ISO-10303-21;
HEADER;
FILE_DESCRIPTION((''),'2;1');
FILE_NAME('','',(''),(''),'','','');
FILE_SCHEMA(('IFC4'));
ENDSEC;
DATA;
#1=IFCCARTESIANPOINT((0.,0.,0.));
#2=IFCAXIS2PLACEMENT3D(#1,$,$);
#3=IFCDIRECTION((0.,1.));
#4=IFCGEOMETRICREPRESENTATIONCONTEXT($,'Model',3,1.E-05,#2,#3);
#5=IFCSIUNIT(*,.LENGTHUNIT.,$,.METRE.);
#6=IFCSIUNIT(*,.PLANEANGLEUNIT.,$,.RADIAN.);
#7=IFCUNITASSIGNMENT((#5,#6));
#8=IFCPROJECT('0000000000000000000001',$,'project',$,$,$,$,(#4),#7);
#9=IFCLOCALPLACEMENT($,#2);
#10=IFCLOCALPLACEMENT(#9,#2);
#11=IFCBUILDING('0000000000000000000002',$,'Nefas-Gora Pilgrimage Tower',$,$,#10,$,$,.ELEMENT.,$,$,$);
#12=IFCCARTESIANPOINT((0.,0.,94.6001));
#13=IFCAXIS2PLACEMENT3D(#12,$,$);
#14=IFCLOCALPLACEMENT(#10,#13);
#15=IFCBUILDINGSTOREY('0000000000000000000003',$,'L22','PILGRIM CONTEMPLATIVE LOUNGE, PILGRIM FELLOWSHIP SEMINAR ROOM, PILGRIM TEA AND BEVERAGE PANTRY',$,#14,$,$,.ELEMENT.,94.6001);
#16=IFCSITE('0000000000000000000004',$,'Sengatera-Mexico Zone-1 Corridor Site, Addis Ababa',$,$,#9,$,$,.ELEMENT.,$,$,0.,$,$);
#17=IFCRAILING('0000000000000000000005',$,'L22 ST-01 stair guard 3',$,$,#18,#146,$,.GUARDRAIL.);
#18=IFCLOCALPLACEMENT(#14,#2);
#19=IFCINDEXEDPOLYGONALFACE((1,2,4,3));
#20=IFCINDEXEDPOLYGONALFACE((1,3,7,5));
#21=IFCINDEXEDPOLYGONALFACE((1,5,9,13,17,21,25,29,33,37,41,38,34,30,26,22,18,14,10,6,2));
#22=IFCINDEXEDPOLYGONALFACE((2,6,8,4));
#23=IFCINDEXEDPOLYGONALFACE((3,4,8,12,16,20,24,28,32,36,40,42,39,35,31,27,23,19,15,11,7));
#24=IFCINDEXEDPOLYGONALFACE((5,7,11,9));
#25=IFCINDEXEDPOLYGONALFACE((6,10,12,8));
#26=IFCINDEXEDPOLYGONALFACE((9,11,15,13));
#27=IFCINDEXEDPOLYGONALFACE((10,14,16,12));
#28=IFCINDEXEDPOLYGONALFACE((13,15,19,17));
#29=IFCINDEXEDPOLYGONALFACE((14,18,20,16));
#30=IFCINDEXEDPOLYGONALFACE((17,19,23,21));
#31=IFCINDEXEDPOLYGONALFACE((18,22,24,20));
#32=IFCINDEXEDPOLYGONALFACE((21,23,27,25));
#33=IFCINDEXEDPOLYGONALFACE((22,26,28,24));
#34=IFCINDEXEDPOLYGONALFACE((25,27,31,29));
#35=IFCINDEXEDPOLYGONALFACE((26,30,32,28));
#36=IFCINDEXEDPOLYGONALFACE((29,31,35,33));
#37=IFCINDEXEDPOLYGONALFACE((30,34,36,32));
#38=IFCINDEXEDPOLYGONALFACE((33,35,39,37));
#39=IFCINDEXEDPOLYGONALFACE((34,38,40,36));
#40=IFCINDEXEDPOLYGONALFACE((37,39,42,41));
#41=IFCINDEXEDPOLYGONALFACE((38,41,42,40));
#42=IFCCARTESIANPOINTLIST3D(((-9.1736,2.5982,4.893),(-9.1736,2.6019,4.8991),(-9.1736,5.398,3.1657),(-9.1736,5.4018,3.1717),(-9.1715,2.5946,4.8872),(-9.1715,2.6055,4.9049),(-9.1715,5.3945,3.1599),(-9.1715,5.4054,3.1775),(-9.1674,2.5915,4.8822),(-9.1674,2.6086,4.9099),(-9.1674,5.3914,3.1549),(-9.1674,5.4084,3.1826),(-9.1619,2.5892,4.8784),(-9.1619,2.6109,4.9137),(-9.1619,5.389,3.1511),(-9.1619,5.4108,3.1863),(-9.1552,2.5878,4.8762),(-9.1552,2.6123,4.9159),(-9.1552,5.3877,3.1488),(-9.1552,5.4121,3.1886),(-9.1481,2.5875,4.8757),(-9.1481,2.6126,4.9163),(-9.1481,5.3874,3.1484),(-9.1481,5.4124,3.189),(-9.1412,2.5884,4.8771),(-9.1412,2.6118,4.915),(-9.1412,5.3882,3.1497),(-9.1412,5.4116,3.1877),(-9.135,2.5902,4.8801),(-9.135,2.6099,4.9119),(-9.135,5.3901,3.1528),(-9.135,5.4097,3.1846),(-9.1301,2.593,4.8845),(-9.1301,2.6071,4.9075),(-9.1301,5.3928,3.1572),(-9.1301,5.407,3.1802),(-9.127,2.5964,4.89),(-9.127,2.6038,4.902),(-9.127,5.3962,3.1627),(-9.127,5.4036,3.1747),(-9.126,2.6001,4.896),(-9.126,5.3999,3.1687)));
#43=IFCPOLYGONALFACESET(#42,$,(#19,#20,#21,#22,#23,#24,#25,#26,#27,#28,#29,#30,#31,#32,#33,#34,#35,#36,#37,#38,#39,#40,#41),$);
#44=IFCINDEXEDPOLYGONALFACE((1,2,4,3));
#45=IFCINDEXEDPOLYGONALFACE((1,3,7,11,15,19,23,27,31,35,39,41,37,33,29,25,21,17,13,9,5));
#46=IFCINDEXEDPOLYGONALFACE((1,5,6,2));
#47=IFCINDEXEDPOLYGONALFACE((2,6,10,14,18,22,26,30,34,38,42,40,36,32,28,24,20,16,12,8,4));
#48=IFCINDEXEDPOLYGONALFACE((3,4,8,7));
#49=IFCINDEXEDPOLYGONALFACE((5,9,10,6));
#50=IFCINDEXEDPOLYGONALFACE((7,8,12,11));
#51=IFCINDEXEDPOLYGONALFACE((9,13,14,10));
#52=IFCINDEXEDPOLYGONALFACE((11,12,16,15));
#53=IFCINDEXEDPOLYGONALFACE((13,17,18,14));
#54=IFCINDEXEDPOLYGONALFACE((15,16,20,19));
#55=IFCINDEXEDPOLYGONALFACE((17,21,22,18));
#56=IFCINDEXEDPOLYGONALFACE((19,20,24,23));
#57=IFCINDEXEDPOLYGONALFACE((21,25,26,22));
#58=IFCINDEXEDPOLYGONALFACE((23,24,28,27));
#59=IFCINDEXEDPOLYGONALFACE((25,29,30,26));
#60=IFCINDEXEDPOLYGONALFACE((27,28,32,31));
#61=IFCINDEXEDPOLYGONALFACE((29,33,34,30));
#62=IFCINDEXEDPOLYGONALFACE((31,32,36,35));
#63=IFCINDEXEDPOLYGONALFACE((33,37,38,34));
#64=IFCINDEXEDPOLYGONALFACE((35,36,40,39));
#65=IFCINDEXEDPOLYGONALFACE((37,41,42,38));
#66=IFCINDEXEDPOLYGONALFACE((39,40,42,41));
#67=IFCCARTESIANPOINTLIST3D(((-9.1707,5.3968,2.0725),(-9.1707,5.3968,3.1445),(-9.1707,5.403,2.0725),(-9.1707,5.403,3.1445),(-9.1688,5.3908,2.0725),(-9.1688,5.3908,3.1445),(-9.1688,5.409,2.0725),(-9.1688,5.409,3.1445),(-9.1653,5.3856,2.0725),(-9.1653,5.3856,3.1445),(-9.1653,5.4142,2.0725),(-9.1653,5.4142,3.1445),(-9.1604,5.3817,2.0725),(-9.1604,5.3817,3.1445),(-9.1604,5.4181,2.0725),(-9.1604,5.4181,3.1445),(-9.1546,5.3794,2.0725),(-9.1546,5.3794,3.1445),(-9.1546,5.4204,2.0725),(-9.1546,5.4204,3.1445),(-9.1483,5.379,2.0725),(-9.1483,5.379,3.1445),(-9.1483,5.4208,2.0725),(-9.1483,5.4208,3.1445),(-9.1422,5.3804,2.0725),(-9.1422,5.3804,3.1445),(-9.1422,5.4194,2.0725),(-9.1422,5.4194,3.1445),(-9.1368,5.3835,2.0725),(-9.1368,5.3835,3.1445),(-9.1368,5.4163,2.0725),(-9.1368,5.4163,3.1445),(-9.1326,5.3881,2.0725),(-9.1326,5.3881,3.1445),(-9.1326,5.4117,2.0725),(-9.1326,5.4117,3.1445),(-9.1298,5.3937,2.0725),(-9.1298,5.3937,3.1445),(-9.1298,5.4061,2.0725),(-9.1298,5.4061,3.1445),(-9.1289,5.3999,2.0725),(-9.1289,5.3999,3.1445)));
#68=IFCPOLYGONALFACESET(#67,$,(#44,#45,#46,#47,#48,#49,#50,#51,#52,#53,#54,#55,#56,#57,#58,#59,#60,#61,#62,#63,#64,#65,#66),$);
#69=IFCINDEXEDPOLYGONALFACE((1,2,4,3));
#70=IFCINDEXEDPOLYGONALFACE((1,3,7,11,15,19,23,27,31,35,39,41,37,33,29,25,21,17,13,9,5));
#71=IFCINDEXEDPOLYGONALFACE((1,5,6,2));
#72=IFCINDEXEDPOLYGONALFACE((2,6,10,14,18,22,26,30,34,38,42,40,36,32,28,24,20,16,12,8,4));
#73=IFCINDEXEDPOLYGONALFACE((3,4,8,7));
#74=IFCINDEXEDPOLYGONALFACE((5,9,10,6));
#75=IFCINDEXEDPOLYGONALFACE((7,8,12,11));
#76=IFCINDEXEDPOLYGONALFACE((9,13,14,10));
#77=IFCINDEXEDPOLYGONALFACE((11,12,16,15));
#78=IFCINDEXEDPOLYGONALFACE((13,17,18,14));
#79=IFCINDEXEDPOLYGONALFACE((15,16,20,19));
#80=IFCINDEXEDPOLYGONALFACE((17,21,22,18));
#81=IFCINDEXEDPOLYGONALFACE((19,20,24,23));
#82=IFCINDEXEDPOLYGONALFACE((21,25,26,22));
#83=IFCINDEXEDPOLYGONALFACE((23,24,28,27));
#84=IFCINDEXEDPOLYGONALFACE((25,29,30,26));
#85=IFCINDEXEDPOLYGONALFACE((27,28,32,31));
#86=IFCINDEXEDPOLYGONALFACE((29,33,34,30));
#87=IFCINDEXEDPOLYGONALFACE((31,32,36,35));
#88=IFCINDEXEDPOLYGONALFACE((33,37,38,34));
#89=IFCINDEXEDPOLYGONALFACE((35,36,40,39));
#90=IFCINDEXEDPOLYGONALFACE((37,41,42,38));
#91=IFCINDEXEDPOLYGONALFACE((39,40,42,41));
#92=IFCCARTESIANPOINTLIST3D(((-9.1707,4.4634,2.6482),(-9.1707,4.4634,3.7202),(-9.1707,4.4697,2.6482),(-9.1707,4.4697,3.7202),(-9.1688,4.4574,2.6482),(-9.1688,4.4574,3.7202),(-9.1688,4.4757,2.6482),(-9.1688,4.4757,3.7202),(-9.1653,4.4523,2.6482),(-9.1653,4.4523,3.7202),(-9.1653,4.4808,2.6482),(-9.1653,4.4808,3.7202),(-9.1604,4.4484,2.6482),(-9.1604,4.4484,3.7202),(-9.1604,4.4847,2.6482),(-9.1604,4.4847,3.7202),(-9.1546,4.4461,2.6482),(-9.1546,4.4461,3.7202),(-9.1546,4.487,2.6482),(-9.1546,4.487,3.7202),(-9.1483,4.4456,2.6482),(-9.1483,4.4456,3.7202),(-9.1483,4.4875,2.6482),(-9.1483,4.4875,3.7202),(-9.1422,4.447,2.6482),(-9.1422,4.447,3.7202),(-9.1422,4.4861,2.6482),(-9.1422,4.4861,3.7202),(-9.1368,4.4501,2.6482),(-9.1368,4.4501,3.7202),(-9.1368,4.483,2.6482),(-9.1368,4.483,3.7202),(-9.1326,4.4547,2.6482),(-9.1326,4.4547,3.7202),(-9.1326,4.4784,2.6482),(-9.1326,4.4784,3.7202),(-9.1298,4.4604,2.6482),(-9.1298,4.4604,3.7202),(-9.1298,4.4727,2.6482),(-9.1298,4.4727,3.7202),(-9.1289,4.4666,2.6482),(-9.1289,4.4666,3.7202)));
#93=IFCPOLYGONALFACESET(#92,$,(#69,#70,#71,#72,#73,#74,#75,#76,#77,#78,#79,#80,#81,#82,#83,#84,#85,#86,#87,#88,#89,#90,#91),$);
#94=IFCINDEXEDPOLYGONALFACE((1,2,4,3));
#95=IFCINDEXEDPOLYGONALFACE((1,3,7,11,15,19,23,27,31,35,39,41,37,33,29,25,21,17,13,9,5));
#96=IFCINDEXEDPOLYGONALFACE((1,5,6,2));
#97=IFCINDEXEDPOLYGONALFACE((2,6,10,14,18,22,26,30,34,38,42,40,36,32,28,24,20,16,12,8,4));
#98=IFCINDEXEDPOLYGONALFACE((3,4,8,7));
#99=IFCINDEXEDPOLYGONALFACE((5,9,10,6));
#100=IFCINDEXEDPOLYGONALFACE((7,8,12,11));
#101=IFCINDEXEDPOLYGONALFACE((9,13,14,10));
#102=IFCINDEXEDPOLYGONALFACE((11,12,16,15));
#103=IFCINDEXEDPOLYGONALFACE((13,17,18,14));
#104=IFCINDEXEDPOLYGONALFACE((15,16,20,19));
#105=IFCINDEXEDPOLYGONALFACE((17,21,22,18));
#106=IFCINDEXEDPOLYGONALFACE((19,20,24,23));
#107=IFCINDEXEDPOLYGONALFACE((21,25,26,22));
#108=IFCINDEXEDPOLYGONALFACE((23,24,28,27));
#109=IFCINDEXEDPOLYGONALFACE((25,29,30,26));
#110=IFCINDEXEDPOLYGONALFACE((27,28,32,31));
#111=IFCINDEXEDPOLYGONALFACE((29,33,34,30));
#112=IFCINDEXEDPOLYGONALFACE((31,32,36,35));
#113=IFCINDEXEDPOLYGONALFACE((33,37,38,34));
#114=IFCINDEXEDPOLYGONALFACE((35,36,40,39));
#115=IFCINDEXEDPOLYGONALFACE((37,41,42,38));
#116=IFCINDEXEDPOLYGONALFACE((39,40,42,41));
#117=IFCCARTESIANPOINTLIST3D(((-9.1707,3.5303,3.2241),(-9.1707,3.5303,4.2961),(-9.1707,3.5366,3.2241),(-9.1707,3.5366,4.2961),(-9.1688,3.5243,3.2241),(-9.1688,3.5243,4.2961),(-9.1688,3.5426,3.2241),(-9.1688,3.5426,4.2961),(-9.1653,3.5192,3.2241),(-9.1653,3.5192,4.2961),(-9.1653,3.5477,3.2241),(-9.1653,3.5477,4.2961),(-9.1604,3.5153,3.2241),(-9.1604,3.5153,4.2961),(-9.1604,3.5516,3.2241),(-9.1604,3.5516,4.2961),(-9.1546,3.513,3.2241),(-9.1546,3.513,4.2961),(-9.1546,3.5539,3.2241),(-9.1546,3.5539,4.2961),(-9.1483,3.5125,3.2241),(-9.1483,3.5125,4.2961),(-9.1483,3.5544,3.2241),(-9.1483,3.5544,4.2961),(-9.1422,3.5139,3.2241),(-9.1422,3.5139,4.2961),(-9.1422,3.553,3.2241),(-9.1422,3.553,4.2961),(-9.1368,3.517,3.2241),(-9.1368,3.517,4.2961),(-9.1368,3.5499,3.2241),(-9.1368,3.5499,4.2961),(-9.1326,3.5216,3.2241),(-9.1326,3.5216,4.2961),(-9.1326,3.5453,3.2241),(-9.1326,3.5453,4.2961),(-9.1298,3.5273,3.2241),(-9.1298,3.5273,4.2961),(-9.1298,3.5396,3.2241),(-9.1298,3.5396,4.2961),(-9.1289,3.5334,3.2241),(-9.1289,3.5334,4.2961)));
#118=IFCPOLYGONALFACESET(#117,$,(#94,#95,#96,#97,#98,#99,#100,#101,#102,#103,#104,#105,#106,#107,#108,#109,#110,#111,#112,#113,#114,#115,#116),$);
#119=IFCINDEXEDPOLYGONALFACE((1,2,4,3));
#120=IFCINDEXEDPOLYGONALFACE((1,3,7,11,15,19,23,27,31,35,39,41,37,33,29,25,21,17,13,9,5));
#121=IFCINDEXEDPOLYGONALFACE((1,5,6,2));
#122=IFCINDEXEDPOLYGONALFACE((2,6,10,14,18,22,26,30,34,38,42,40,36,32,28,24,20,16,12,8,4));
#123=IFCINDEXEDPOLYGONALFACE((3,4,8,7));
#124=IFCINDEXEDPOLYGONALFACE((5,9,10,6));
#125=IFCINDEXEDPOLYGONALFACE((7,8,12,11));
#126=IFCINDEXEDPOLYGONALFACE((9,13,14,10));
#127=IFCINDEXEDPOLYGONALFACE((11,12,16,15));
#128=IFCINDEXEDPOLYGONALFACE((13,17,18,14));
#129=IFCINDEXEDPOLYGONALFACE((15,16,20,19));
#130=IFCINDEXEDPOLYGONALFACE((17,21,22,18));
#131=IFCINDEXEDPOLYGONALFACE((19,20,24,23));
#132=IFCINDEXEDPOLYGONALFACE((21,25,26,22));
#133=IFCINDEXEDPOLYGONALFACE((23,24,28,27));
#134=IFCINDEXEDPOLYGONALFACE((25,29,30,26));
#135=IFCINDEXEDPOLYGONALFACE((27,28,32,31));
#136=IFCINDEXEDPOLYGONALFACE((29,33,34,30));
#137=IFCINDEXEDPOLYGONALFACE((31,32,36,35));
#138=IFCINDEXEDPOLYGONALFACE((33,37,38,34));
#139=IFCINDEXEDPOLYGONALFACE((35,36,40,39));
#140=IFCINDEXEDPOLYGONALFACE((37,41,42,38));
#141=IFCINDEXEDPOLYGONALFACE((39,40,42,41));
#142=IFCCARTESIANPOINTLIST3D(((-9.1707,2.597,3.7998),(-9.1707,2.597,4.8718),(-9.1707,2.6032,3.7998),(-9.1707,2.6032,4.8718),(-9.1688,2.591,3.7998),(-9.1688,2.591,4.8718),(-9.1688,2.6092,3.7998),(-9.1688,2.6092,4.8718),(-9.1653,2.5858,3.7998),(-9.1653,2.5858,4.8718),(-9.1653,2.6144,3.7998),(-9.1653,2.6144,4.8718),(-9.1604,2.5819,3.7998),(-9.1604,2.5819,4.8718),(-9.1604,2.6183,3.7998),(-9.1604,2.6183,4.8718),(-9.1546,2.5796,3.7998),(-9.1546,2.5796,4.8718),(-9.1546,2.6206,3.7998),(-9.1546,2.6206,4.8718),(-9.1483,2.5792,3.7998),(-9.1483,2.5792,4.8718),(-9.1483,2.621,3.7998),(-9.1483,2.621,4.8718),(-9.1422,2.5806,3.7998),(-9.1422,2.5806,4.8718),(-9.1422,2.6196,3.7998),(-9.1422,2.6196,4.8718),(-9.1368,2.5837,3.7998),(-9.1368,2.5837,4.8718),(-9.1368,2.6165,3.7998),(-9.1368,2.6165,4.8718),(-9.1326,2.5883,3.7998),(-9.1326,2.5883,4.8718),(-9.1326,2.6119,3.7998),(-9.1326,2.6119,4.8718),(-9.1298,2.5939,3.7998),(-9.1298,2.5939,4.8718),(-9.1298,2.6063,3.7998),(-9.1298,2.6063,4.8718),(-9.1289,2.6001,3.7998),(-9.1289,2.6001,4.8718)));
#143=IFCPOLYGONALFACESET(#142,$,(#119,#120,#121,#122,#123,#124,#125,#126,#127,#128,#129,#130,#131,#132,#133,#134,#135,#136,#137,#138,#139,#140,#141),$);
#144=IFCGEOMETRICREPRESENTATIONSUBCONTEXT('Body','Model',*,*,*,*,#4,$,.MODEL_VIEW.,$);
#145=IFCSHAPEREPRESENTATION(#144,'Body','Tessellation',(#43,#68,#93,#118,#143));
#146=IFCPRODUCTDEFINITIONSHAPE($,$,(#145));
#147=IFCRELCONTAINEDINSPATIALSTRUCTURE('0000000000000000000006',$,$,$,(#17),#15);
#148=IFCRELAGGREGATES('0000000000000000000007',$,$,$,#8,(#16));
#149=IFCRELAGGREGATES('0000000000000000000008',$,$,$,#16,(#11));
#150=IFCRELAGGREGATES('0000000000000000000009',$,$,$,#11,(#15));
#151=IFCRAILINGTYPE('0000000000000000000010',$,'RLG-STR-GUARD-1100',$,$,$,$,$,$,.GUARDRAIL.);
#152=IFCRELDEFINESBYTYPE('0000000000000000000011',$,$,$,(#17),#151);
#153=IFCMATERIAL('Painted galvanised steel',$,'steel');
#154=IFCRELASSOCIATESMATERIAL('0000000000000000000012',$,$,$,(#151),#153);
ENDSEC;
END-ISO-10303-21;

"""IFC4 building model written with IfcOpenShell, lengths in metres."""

from ifc_helpers import new_model, si_unit, direction, frame, origin, origin_2d, place, context, subcontext, project, spatial, circle, extrude, material, type_object, element, save


model = new_model("IFC4")

# Units and contexts
model_context = context("Model", 3, precision=1e-05, world=origin(), true_north=direction((0.0, 1.0)))
body_context = subcontext(model_context, "Body", "Model", "MODEL_VIEW")
ifc_project = project(units=[si_unit("LENGTHUNIT", "METRE"), si_unit("PLANEANGLEUNIT", "RADIAN")], contexts=[model_context])

# Site, building, storey
site_placement = place(None, origin())
site = spatial("IfcSite", under=ifc_project, at=site_placement, Name="Sengatera-Mexico Zone-1 Corridor Site, Addis Ababa", CompositionType="ELEMENT", RefElevation=0.0)
building_placement = place(site_placement, origin())
building = spatial("IfcBuilding", under=site, at=building_placement, Name="Nefas-Gora Pilgrimage Tower", CompositionType="ELEMENT")
storey_placement = place(building_placement, frame((0.0, 0.0, 94.6001)))
storey = spatial("IfcBuildingStorey", under=building, at=storey_placement, Name="L22", Description="PILGRIM CONTEMPLATIVE LOUNGE, PILGRIM FELLOWSHIP SEMINAR ROOM, PILGRIM TEA AND BEVERAGE PANTRY", CompositionType="ELEMENT", Elevation=94.6001)

# Railing
ifc_material_1 = material(Name="Painted galvanised steel", Category="steel")
railing_type_1 = type_object("IfcRailingType", Name="RLG-STR-GUARD-1100", PredefinedType="GUARDRAIL", material=ifc_material_1)
railing_1_placement = place(storey_placement, frame((-9.1499, 5.3999, 2.0725)))
element("IfcRailing", 1, at=railing_1_placement, inside=storey, type_object=railing_type_1, Name="L22 ST-01 stair guard 3", PredefinedType="GUARDRAIL", context=body_context, shape_type="SweptSolid", body=[
    extrude(circle(Radius=0.0239, at=origin_2d()), frame((0.0, 0.0, 1.0962), z_axis=(0.0, -0.851069, 0.525054), x_axis=(1.0, 0.0, 0.0)), (0.0, 0.0, 1.0), 3.2898),
    extrude(circle(Radius=0.021, at=origin_2d()), origin(), (0.0, 0.0, 1.0), 1.072),
    extrude(circle(Radius=0.021, at=origin_2d()), frame((0.0, -0.9333, 0.5757)), (0.0, 0.0, 1.0), 1.072),
    extrude(circle(Radius=0.021, at=origin_2d()), frame((0.0, -1.8665, 1.1516)), (0.0, 0.0, 1.0), 1.072),
    extrude(circle(Radius=0.021, at=origin_2d()), frame((0.0, -2.7998, 1.7273)), (0.0, 0.0, 1.0), 1.072),
])

save(model, "model.ifc")
